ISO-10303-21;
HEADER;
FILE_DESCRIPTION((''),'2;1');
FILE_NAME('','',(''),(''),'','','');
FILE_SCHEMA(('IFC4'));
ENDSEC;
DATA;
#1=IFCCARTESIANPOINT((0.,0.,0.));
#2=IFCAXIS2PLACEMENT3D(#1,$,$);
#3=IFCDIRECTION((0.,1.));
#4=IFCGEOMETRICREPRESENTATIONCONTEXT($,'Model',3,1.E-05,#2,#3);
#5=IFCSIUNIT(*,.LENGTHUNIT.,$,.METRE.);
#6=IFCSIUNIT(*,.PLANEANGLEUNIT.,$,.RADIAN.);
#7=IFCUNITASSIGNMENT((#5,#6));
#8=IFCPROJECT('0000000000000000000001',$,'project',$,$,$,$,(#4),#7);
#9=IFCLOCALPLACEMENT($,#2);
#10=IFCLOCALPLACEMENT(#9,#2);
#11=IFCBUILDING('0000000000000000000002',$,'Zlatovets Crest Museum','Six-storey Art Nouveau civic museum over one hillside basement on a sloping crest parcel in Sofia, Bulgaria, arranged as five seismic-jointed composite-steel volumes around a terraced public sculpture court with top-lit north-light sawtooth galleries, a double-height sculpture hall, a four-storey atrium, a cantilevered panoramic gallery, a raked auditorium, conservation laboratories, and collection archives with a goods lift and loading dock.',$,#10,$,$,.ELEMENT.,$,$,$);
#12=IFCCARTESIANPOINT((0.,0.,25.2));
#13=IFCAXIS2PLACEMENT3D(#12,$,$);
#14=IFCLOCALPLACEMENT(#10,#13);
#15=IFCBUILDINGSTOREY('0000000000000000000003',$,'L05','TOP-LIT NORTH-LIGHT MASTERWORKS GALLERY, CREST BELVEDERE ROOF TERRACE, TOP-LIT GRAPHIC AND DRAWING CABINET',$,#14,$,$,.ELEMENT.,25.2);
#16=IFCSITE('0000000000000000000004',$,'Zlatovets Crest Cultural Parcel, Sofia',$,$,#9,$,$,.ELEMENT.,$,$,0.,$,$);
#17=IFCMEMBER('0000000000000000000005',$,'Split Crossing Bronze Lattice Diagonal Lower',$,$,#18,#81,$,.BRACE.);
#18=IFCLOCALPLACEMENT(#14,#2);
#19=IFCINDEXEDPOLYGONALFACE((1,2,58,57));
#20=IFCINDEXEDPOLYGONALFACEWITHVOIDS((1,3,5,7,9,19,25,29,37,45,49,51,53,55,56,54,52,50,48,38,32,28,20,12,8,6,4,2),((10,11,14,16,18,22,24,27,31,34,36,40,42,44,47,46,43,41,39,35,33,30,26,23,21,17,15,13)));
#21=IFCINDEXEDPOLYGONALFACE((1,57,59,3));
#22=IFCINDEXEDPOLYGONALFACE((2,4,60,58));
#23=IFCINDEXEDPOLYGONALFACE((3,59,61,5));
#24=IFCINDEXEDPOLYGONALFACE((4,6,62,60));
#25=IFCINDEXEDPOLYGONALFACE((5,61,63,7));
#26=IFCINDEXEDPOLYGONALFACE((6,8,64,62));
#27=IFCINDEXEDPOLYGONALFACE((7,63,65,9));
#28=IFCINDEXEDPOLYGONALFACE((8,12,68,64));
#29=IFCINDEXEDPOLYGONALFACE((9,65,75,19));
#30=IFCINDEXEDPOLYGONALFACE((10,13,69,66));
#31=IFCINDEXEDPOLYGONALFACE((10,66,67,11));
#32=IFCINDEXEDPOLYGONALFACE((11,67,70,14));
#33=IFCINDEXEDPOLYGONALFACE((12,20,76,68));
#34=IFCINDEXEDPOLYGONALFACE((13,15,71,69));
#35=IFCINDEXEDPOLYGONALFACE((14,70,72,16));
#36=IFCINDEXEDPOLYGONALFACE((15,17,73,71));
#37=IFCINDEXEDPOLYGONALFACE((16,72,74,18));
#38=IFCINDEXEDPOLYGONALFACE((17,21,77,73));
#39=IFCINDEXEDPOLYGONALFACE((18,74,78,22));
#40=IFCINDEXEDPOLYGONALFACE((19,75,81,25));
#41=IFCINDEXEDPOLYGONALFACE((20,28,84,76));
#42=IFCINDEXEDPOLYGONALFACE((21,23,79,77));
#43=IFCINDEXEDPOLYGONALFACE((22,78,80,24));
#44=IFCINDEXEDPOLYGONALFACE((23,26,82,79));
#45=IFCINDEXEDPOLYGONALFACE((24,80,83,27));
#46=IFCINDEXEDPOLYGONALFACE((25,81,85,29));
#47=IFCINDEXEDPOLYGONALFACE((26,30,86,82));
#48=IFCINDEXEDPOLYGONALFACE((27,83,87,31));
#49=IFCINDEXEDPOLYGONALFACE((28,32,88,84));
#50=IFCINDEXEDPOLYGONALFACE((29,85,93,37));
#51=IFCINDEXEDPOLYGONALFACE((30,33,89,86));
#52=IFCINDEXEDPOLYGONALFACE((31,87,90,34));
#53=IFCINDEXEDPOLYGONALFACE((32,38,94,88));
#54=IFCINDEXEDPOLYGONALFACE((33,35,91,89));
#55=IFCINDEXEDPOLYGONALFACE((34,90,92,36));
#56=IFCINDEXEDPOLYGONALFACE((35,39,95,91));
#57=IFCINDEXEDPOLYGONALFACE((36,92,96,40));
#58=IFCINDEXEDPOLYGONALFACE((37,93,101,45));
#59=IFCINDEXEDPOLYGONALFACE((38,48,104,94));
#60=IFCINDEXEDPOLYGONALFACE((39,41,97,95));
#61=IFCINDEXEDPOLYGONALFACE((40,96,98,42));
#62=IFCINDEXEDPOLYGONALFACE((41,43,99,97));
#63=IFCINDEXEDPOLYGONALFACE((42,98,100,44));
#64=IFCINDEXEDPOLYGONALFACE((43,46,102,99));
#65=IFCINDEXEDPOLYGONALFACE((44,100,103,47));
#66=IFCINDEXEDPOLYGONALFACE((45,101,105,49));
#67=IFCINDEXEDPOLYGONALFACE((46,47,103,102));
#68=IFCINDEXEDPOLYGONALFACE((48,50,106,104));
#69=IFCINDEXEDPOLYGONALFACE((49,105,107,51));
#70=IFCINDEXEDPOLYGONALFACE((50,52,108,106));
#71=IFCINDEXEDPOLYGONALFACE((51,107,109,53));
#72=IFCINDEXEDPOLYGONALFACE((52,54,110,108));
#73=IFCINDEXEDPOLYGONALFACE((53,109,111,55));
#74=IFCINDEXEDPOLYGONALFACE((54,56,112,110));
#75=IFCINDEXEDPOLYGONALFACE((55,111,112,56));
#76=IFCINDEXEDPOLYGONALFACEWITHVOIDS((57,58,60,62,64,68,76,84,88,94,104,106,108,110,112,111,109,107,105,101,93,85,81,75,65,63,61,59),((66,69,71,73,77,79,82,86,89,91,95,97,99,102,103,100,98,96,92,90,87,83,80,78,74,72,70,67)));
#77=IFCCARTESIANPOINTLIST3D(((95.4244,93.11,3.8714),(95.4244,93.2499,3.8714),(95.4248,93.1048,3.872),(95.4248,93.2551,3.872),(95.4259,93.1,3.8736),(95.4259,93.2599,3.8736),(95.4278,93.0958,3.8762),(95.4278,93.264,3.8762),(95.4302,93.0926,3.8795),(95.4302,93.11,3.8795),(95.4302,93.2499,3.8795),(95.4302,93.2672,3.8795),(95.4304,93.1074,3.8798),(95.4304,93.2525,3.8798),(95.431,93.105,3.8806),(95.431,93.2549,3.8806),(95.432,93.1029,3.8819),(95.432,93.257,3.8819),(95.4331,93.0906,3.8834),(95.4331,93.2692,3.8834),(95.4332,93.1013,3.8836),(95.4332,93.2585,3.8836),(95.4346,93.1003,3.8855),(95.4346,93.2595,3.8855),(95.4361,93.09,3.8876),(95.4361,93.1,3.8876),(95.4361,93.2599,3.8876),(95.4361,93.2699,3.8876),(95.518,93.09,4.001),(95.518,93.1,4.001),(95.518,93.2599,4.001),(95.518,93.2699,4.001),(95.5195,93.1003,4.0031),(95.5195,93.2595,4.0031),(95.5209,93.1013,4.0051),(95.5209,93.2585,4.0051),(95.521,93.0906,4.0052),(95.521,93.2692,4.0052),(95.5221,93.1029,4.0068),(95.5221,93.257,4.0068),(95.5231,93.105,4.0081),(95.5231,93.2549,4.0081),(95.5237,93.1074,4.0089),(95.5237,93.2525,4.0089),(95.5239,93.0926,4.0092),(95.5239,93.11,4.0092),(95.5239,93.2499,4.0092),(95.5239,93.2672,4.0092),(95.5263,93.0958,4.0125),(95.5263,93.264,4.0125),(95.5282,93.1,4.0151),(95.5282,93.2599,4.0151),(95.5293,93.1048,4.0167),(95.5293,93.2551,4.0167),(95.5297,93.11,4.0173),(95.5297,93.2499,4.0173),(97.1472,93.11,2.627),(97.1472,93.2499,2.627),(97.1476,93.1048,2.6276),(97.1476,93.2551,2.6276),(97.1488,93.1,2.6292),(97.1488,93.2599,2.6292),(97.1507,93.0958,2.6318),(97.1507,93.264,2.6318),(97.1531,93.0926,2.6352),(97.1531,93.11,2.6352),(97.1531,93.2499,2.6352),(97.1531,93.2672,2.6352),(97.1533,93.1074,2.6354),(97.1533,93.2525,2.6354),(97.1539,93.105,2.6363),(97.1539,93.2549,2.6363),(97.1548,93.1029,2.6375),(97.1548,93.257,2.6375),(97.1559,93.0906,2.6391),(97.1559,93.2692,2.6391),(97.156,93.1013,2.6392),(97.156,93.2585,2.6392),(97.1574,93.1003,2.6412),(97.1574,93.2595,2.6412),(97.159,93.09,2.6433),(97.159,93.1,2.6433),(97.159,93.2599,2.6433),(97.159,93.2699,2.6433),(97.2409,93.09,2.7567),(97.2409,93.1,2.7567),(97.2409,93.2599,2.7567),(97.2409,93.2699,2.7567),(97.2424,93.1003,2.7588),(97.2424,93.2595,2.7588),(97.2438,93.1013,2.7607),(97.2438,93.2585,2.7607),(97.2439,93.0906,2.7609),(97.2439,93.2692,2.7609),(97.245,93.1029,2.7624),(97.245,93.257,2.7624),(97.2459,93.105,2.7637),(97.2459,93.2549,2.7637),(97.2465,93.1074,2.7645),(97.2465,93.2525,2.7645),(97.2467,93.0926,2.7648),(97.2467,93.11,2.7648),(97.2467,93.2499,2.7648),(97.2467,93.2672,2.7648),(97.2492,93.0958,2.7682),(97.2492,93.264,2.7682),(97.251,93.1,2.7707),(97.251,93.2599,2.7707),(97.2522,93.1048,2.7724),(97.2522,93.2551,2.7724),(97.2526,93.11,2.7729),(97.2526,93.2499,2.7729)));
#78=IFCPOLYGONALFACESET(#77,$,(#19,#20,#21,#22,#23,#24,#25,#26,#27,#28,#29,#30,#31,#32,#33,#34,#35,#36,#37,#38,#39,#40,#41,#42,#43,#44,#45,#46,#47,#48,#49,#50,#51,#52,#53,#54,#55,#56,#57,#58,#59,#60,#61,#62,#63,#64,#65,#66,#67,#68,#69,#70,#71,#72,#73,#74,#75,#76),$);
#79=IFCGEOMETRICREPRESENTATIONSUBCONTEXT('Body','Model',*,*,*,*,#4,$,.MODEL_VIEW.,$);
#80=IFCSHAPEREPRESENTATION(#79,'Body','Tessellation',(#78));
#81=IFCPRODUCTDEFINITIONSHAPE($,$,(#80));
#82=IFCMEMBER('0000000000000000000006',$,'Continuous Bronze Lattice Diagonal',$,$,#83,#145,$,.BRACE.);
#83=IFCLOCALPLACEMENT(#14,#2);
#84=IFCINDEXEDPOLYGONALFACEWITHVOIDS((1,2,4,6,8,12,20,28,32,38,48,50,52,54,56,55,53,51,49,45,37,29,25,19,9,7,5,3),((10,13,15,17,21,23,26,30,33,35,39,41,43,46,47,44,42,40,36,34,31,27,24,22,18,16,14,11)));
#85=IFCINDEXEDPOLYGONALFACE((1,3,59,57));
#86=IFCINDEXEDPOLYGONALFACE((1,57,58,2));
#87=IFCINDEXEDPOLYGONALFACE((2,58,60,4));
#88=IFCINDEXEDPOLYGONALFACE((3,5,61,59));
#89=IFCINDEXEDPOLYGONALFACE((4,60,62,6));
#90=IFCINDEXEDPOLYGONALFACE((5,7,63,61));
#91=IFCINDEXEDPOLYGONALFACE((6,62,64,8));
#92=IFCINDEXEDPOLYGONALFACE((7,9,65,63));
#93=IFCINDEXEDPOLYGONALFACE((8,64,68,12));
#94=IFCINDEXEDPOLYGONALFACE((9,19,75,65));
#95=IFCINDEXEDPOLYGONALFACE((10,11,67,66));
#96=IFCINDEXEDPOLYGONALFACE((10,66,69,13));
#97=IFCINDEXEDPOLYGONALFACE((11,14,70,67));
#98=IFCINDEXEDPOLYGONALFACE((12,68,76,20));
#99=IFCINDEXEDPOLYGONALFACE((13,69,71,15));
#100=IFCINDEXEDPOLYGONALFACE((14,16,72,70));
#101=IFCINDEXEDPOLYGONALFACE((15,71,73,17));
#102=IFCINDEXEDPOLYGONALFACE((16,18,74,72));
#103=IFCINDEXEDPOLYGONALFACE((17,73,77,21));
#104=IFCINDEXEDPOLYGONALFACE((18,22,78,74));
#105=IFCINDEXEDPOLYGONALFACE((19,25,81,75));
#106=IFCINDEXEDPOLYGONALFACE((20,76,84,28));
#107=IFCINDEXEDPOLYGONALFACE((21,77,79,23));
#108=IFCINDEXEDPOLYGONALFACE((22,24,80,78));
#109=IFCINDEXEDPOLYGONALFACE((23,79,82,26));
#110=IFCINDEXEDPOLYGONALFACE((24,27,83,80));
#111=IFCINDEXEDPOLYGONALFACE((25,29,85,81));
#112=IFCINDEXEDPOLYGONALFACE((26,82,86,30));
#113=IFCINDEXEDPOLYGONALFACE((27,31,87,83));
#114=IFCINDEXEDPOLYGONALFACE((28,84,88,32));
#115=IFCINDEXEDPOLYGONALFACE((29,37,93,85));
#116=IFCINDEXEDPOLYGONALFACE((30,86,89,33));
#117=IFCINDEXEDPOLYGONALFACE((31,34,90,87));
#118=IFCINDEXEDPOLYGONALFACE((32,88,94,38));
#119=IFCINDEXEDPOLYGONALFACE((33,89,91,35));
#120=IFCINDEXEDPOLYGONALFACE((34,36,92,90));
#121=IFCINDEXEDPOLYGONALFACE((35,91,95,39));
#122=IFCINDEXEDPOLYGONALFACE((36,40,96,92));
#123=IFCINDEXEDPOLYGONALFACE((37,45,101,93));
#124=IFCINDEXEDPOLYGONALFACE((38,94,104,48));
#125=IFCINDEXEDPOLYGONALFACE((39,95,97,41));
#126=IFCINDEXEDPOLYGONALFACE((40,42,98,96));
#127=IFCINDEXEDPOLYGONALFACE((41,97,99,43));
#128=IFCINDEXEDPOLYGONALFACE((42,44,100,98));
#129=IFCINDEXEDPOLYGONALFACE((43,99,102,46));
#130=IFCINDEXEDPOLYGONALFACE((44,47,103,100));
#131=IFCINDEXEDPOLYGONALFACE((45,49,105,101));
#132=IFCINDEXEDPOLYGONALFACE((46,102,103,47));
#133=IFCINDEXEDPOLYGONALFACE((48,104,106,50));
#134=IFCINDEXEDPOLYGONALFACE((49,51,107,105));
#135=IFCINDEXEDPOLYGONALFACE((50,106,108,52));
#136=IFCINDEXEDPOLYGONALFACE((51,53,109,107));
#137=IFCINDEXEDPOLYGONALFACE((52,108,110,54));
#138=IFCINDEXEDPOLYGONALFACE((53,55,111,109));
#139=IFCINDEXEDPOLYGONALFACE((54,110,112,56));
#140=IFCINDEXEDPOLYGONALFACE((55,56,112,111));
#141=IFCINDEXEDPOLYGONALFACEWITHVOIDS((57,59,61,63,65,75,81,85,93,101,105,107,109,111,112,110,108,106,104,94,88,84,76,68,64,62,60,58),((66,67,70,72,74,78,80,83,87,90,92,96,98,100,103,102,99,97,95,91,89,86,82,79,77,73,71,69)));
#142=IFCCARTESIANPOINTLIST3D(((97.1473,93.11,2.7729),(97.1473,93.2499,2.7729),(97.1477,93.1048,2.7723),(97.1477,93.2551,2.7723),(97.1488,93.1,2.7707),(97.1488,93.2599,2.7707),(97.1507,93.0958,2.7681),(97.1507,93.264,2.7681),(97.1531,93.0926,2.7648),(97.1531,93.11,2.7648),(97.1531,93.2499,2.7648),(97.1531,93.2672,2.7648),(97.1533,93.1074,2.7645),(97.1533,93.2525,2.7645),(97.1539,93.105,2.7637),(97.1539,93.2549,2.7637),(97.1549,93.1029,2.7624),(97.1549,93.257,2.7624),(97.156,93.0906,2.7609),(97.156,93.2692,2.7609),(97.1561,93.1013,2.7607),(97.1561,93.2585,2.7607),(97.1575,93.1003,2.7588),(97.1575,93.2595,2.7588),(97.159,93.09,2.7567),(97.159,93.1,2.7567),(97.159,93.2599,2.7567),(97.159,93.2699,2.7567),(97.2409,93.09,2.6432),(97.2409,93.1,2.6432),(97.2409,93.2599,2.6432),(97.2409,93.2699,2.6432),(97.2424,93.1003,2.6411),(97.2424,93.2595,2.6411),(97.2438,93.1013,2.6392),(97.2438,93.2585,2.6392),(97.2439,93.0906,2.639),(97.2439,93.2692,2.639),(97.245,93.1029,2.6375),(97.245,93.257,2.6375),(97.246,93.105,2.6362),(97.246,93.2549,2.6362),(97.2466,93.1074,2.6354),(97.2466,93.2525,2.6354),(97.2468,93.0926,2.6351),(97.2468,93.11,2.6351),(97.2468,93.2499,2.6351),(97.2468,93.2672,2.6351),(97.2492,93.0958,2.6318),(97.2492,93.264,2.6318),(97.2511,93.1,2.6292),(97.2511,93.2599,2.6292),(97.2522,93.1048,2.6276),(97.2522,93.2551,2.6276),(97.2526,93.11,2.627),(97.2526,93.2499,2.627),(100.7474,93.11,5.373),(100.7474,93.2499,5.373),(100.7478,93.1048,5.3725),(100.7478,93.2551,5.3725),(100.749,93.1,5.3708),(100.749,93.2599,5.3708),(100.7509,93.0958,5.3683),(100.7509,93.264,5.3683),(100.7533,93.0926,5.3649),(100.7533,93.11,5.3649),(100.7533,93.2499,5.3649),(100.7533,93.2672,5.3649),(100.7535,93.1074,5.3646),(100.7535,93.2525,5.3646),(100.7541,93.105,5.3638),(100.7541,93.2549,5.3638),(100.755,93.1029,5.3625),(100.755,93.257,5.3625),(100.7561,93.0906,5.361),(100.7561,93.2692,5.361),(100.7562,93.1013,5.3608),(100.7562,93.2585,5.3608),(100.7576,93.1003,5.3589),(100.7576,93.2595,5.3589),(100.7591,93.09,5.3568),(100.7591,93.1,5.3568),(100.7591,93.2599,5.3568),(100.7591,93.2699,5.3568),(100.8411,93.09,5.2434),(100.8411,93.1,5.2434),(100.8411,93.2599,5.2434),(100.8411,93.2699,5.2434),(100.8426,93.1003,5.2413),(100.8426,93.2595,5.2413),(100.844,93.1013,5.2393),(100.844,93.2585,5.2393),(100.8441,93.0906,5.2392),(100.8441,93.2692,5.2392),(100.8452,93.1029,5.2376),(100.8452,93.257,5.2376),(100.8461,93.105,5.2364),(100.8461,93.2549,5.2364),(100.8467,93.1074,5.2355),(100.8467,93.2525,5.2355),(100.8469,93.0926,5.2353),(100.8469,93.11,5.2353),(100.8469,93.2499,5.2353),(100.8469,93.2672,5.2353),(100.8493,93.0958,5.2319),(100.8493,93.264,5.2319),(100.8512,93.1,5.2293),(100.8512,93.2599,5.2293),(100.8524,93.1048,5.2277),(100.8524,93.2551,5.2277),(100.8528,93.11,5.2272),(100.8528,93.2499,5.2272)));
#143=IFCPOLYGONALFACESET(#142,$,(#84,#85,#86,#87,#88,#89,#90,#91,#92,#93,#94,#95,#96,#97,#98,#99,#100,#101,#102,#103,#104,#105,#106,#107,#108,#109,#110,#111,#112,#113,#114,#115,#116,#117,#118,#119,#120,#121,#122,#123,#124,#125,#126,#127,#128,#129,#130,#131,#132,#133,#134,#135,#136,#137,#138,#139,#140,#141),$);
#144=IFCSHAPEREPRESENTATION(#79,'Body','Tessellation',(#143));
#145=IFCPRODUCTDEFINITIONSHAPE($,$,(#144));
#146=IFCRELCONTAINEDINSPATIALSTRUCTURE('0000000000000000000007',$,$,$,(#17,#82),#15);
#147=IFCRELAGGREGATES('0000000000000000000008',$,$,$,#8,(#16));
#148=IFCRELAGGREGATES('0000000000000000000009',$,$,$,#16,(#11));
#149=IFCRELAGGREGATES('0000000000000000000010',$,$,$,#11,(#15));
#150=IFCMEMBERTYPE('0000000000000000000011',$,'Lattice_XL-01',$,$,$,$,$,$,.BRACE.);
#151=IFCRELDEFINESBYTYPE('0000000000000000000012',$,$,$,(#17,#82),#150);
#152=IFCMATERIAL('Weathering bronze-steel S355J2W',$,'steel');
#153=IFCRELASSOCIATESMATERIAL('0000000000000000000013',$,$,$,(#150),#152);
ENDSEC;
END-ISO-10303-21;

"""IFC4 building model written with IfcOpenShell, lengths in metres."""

from ifc_helpers import new_model, si_unit, direction, frame, origin, origin_2d, place, context, subcontext, project, spatial, hollow_rectangle, extrude, material, material_profile, profile_set, type_object, element, save


model = new_model("IFC4")

# Units and contexts
model_context = context("Model", 3, precision=1e-05, world=origin(), true_north=direction((0.0, 1.0)))
body_context = subcontext(model_context, "Body", "Model", "MODEL_VIEW")
ifc_project = project(units=[si_unit("LENGTHUNIT", "METRE"), si_unit("PLANEANGLEUNIT", "RADIAN")], contexts=[model_context])

# Site, building, storey
site_placement = place(None, origin())
site = spatial("IfcSite", under=ifc_project, at=site_placement, Name="Zlatovets Crest Cultural Parcel, Sofia", CompositionType="ELEMENT", RefElevation=0.0)
building_placement = place(site_placement, origin())
building = spatial("IfcBuilding", under=site, at=building_placement, Name="Zlatovets Crest Museum", Description="Six-storey Art Nouveau civic museum over one hillside basement on a sloping crest parcel in Sofia, Bulgaria, arranged as five seismic-jointed composite-steel volumes around a terraced public sculpture court with top-lit north-light sawtooth galleries, a double-height sculpture hall, a four-storey atrium, a cantilevered panoramic gallery, a raked auditorium, conservation laboratories, and collection archives with a goods lift and loading dock.", CompositionType="ELEMENT")
storey_placement = place(building_placement, frame((0.0, 0.0, 25.2)))
storey = spatial("IfcBuildingStorey", under=building, at=storey_placement, Name="L05", Description="TOP-LIT NORTH-LIGHT MASTERWORKS GALLERY, CREST BELVEDERE ROOF TERRACE, TOP-LIT GRAPHIC AND DRAWING CABINET", CompositionType="ELEMENT", Elevation=25.2)

# Members
ifc_material_1 = material(Name="Weathering bronze-steel S355J2W", Category="steel")
ifc_material_profile_1 = material_profile(ifc_material_1, hollow_rectangle(XDim=0.1799, YDim=0.1799, WallThickness=0.01, InnerFilletRadius=0.01, OuterFilletRadius=0.02, at=origin_2d()), Name="SHS 180x180x10.0")
ifc_profile_set_1 = profile_set([ifc_material_profile_1], Name="Weathering bronze-steel S355J2W")
member_type_1 = type_object("IfcMemberType", Name="Lattice_XL-01", PredefinedType="BRACE", material=ifc_profile_set_1)
for number, where, z_axis, x_axis, name in (
    (1, (95.4771, 93.1799, 3.9443), (0.810664, 0.0, -0.585512), (0.0, 1.0, 0.0), "Split Crossing Bronze Lattice Diagonal Lower"),
):
    element("IfcMember", number, at=place(storey_placement, frame(where, z_axis=z_axis, x_axis=x_axis)), inside=storey, type_object=member_type_1, Name=name, PredefinedType="BRACE", context=body_context, shape_type="SweptSolid", body=[
        extrude(hollow_rectangle(XDim=0.1799, YDim=0.1799, WallThickness=0.01, InnerFilletRadius=0.01, OuterFilletRadius=0.02, at=origin_2d()), origin(), (0.0, 0.0, 1.0), 2.1252),
    ])
member_1_placement = place(storey_placement, frame((97.2, 93.1799, 2.7), z_axis=(0.810676, 0.0, 0.585495), x_axis=(0.0, 1.0, 0.0)))
element("IfcMember", 2, at=member_1_placement, inside=storey, type_object=member_type_1, Name="Continuous Bronze Lattice Diagonal", PredefinedType="BRACE", context=body_context, shape_type="SweptSolid", body=[
    extrude(hollow_rectangle(XDim=0.1799, YDim=0.1799, WallThickness=0.01, InnerFilletRadius=0.01, OuterFilletRadius=0.02, at=origin_2d()), origin(), (0.0, 0.0, 1.0), 4.4409),
])

save(model, "model.ifc")
